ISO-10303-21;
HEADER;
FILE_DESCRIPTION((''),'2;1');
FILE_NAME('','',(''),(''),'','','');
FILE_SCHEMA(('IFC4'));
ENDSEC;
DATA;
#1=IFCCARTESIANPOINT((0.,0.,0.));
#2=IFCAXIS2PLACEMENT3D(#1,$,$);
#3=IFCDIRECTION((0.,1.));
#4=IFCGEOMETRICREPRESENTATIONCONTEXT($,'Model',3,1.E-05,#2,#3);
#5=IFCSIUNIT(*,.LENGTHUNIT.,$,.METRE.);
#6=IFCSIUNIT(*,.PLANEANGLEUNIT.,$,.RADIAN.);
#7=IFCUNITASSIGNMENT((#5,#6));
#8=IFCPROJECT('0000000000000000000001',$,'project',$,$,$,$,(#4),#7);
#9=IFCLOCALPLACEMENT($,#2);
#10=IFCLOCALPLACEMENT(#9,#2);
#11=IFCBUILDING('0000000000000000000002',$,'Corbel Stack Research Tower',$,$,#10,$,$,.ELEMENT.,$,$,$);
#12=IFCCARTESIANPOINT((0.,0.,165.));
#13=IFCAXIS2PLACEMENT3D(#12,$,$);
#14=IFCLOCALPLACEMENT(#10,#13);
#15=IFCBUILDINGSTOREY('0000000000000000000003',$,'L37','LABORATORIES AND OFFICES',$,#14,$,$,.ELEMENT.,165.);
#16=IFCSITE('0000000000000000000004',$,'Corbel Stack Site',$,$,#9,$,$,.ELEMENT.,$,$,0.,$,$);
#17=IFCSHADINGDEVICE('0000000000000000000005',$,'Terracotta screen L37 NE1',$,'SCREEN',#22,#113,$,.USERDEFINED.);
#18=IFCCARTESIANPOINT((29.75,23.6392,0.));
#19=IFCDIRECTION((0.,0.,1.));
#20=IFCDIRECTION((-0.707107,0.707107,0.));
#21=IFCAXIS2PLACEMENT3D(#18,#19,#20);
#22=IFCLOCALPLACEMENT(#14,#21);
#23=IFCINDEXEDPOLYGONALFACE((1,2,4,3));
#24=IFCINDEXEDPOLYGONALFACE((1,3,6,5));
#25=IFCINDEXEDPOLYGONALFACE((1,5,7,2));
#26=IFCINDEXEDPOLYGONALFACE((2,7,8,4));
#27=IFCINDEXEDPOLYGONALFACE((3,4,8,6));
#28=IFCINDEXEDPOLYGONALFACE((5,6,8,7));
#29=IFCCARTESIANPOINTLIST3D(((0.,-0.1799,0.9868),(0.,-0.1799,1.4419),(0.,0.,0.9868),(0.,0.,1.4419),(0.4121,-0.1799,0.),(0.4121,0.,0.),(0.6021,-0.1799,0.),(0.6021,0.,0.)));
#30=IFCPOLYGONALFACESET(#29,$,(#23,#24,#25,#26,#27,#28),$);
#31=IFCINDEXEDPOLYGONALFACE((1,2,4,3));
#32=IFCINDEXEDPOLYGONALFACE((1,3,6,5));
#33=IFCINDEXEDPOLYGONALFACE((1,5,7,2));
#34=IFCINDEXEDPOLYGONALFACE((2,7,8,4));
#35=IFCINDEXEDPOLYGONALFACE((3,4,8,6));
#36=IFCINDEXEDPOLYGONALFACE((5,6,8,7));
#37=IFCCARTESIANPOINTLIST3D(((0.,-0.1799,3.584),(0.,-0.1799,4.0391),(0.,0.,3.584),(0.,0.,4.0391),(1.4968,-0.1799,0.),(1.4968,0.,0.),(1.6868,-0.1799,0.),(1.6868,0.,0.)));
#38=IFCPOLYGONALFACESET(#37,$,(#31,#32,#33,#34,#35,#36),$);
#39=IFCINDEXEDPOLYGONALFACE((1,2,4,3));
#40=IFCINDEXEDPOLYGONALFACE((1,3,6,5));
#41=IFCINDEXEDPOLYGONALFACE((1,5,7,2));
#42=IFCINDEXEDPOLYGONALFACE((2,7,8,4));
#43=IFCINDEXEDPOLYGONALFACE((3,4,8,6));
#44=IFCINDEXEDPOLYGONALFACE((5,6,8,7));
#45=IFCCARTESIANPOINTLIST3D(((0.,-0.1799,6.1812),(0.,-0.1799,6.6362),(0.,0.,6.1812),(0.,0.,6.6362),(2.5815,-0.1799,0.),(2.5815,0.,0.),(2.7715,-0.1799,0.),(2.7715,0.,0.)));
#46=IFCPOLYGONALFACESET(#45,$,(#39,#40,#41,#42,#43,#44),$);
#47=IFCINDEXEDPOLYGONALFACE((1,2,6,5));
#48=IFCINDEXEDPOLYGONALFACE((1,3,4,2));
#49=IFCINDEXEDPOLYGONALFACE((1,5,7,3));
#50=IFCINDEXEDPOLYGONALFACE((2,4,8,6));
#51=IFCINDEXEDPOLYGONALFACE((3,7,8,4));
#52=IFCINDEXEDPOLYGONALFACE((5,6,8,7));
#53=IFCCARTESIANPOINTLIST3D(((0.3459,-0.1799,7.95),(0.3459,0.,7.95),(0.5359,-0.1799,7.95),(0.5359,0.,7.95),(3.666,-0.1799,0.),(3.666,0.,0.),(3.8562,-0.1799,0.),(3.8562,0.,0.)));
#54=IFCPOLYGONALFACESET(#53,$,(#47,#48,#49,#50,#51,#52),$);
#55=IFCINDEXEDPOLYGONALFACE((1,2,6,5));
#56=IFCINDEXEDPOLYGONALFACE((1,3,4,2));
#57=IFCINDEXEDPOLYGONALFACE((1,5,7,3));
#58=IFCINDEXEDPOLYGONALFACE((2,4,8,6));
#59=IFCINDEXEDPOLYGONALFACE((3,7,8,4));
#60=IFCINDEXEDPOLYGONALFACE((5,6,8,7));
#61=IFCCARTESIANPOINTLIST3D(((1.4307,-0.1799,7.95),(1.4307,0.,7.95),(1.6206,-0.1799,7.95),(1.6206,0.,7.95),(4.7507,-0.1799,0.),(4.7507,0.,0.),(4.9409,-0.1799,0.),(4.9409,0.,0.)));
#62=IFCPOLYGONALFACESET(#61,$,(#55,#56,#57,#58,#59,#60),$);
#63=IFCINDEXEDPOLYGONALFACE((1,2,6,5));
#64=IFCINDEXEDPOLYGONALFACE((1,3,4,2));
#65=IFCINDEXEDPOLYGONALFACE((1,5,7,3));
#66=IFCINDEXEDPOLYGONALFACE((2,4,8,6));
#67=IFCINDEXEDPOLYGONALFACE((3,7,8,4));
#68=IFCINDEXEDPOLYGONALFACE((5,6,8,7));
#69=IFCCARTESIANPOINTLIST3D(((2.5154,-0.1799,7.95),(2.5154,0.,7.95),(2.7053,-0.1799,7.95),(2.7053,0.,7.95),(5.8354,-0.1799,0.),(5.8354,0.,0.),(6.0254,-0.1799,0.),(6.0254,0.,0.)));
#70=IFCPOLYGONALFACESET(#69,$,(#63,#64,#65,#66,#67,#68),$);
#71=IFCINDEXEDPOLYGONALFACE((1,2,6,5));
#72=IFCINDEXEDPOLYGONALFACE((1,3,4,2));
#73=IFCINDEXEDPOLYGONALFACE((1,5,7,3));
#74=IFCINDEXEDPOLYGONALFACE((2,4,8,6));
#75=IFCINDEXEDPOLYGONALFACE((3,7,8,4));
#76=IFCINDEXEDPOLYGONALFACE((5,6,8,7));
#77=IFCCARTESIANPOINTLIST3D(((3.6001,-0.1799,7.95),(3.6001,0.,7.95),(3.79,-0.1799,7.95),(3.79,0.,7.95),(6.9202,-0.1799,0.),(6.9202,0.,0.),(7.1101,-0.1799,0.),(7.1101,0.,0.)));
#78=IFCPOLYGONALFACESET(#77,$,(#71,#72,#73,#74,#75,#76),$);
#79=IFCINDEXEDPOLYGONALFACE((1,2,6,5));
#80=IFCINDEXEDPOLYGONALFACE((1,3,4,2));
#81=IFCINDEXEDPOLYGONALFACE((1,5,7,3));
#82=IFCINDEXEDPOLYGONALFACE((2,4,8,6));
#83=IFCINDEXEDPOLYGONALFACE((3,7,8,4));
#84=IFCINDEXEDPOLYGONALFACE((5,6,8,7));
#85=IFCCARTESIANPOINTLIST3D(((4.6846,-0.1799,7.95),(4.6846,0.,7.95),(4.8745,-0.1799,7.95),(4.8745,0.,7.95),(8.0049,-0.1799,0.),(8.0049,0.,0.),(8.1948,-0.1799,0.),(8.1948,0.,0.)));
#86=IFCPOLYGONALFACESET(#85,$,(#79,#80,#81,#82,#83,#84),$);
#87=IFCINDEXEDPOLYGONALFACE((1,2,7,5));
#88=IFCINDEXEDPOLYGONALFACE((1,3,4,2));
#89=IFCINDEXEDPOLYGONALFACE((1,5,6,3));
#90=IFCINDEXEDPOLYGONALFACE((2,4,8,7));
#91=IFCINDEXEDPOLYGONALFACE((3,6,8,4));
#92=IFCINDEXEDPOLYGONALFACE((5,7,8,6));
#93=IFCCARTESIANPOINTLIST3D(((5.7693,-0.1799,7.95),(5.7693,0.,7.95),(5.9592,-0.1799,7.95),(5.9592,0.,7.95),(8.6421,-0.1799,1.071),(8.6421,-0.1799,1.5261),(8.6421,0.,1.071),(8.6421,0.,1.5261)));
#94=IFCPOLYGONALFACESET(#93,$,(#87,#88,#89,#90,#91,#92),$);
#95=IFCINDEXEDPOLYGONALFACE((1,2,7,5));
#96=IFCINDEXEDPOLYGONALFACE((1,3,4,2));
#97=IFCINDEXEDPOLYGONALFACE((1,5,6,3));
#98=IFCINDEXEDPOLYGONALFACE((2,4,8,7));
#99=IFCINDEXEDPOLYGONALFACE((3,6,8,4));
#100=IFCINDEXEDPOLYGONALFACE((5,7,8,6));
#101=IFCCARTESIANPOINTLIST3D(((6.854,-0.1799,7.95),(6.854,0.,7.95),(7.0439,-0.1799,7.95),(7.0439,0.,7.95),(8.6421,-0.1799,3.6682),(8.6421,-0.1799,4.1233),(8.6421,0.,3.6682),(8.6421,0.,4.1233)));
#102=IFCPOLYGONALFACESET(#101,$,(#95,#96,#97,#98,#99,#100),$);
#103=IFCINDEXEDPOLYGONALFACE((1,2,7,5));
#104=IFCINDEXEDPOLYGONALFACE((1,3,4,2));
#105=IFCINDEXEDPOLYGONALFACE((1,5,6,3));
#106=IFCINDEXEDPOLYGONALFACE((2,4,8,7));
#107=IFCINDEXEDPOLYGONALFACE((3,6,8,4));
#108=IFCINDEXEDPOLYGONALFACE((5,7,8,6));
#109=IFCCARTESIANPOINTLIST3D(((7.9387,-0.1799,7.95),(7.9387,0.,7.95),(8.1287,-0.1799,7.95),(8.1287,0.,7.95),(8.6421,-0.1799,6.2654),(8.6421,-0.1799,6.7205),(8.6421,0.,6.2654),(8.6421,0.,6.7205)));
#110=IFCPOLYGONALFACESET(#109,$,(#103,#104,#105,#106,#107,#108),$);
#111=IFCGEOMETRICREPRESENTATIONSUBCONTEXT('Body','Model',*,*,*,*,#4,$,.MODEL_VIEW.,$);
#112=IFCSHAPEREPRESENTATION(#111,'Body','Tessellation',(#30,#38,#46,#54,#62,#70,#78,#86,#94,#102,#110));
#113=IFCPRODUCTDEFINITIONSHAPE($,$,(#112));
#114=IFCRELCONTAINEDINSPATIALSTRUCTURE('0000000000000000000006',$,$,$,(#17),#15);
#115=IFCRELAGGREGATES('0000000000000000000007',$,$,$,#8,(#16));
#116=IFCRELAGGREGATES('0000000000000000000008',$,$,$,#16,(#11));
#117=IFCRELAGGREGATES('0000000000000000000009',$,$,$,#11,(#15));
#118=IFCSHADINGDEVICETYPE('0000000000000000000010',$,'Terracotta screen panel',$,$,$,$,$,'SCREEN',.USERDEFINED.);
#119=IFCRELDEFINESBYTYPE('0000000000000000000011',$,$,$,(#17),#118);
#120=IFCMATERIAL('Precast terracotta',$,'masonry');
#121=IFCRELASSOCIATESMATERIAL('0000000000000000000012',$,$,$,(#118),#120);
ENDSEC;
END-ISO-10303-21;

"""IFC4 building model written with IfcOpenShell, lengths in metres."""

from ifc_helpers import new_model, si_unit, direction, frame, origin, place, context, subcontext, project, spatial, polyline, outline, extrude, source, transform, mapped, material, type_object, element, save


model = new_model("IFC4")

# Units and contexts
model_context = context("Model", 3, precision=1e-05, world=origin(), true_north=direction((0.0, 1.0)))
body_context = subcontext(model_context, "Body", "Model", "MODEL_VIEW")
ifc_project = project(units=[si_unit("LENGTHUNIT", "METRE"), si_unit("PLANEANGLEUNIT", "RADIAN")], contexts=[model_context])

# Site, building, storey
site_placement = place(None, origin())
site = spatial("IfcSite", under=ifc_project, at=site_placement, Name="Corbel Stack Site", CompositionType="ELEMENT", RefElevation=0.0)
building_placement = place(site_placement, origin())
building = spatial("IfcBuilding", under=site, at=building_placement, Name="Corbel Stack Research Tower", CompositionType="ELEMENT")
storey_placement = place(building_placement, frame((0.0, 0.0, 165.0)))
storey = spatial("IfcBuildingStorey", under=building, at=storey_placement, Name="L37", Description="LABORATORIES AND OFFICES", CompositionType="ELEMENT", Elevation=165.0)

# Shading device
ifc_material_1 = material(Name="Precast terracotta", Category="masonry")
shading_device_type = type_object("IfcShadingDeviceType", Name="Terracotta screen panel", ElementType="SCREEN", PredefinedType="USERDEFINED", material=ifc_material_1)
shared_shape_1 = source(origin(), body_context, "Body", "SweptSolid", [
    extrude(outline(polyline([(0.6021, 0.0), (0.0, 1.4419), (0.0, 0.9868), (0.4121, 0.0), (0.6021, 0.0)])), frame((0.0, 0.0, 0.0), z_axis=(0.0, -1.0, 0.0), x_axis=(1.0, 0.0, 0.0)), (0.0, 0.0, 1.0), 0.1799),
    extrude(outline(polyline([(1.6868, 0.0), (0.0, 4.0391), (0.0, 3.584), (1.4968, 0.0), (1.6868, 0.0)])), frame((0.0, 0.0, 0.0), z_axis=(0.0, -1.0, 0.0), x_axis=(1.0, 0.0, 0.0)), (0.0, 0.0, 1.0), 0.1799),
    extrude(outline(polyline([(2.7715, 0.0), (0.0, 6.6362), (0.0, 6.1812), (2.5815, 0.0), (2.7715, 0.0)])), frame((0.0, 0.0, 0.0), z_axis=(0.0, -1.0, 0.0), x_axis=(1.0, 0.0, 0.0)), (0.0, 0.0, 1.0), 0.1799),
    extrude(outline(polyline([(3.8562, 0.0), (0.5359, 7.95), (0.3459, 7.95), (3.666, 0.0), (3.8562, 0.0)])), frame((0.0, 0.0, 0.0), z_axis=(0.0, -1.0, 0.0), x_axis=(1.0, 0.0, 0.0)), (0.0, 0.0, 1.0), 0.1799),
    extrude(outline(polyline([(4.9409, 0.0), (1.6206, 7.95), (1.4307, 7.95), (4.7507, 0.0), (4.9409, 0.0)])), frame((0.0, 0.0, 0.0), z_axis=(0.0, -1.0, 0.0), x_axis=(1.0, 0.0, 0.0)), (0.0, 0.0, 1.0), 0.1799),
    extrude(outline(polyline([(6.0254, 0.0), (2.7053, 7.95), (2.5154, 7.95), (5.8354, 0.0), (6.0254, 0.0)])), frame((0.0, 0.0, 0.0), z_axis=(0.0, -1.0, 0.0), x_axis=(1.0, 0.0, 0.0)), (0.0, 0.0, 1.0), 0.1799),
    extrude(outline(polyline([(7.1101, 0.0), (3.79, 7.95), (3.6001, 7.95), (6.9202, 0.0), (7.1101, 0.0)])), frame((0.0, 0.0, 0.0), z_axis=(0.0, -1.0, 0.0), x_axis=(1.0, 0.0, 0.0)), (0.0, 0.0, 1.0), 0.1799),
    extrude(outline(polyline([(8.1948, 0.0), (4.8745, 7.95), (4.6846, 7.95), (8.0049, 0.0), (8.1948, 0.0)])), frame((0.0, 0.0, 0.0), z_axis=(0.0, -1.0, 0.0), x_axis=(1.0, 0.0, 0.0)), (0.0, 0.0, 1.0), 0.1799),
    extrude(outline(polyline([(5.9592, 7.95), (5.7693, 7.95), (8.6421, 1.071), (8.6421, 1.5261), (5.9592, 7.95)])), frame((0.0, 0.0, 0.0), z_axis=(0.0, -1.0, 0.0), x_axis=(1.0, 0.0, 0.0)), (0.0, 0.0, 1.0), 0.1799),
    extrude(outline(polyline([(7.0439, 7.95), (6.854, 7.95), (8.6421, 3.6682), (8.6421, 4.1233), (7.0439, 7.95)])), frame((0.0, 0.0, 0.0), z_axis=(0.0, -1.0, 0.0), x_axis=(1.0, 0.0, 0.0)), (0.0, 0.0, 1.0), 0.1799),
    extrude(outline(polyline([(8.1287, 7.95), (7.9387, 7.95), (8.6421, 6.2654), (8.6421, 6.7205), (8.1287, 7.95)])), frame((0.0, 0.0, 0.0), z_axis=(0.0, -1.0, 0.0), x_axis=(1.0, 0.0, 0.0)), (0.0, 0.0, 1.0), 0.1799),
])
shading_device_1_placement = place(storey_placement, frame((29.75, 23.6392, 0.0), z_axis=(0.0, 0.0, 1.0), x_axis=(-0.707107, 0.707107, 0.0)))
element("IfcShadingDevice", 1, at=shading_device_1_placement, inside=storey, type_object=shading_device_type, Name="Terracotta screen L37 NE1", ObjectType="SCREEN", PredefinedType="USERDEFINED", context=body_context, shape_type="MappedRepresentation", body=[
    mapped(shared_shape_1, transform((0.0, 0.0, 0.0))),
])

save(model, "model.ifc")
